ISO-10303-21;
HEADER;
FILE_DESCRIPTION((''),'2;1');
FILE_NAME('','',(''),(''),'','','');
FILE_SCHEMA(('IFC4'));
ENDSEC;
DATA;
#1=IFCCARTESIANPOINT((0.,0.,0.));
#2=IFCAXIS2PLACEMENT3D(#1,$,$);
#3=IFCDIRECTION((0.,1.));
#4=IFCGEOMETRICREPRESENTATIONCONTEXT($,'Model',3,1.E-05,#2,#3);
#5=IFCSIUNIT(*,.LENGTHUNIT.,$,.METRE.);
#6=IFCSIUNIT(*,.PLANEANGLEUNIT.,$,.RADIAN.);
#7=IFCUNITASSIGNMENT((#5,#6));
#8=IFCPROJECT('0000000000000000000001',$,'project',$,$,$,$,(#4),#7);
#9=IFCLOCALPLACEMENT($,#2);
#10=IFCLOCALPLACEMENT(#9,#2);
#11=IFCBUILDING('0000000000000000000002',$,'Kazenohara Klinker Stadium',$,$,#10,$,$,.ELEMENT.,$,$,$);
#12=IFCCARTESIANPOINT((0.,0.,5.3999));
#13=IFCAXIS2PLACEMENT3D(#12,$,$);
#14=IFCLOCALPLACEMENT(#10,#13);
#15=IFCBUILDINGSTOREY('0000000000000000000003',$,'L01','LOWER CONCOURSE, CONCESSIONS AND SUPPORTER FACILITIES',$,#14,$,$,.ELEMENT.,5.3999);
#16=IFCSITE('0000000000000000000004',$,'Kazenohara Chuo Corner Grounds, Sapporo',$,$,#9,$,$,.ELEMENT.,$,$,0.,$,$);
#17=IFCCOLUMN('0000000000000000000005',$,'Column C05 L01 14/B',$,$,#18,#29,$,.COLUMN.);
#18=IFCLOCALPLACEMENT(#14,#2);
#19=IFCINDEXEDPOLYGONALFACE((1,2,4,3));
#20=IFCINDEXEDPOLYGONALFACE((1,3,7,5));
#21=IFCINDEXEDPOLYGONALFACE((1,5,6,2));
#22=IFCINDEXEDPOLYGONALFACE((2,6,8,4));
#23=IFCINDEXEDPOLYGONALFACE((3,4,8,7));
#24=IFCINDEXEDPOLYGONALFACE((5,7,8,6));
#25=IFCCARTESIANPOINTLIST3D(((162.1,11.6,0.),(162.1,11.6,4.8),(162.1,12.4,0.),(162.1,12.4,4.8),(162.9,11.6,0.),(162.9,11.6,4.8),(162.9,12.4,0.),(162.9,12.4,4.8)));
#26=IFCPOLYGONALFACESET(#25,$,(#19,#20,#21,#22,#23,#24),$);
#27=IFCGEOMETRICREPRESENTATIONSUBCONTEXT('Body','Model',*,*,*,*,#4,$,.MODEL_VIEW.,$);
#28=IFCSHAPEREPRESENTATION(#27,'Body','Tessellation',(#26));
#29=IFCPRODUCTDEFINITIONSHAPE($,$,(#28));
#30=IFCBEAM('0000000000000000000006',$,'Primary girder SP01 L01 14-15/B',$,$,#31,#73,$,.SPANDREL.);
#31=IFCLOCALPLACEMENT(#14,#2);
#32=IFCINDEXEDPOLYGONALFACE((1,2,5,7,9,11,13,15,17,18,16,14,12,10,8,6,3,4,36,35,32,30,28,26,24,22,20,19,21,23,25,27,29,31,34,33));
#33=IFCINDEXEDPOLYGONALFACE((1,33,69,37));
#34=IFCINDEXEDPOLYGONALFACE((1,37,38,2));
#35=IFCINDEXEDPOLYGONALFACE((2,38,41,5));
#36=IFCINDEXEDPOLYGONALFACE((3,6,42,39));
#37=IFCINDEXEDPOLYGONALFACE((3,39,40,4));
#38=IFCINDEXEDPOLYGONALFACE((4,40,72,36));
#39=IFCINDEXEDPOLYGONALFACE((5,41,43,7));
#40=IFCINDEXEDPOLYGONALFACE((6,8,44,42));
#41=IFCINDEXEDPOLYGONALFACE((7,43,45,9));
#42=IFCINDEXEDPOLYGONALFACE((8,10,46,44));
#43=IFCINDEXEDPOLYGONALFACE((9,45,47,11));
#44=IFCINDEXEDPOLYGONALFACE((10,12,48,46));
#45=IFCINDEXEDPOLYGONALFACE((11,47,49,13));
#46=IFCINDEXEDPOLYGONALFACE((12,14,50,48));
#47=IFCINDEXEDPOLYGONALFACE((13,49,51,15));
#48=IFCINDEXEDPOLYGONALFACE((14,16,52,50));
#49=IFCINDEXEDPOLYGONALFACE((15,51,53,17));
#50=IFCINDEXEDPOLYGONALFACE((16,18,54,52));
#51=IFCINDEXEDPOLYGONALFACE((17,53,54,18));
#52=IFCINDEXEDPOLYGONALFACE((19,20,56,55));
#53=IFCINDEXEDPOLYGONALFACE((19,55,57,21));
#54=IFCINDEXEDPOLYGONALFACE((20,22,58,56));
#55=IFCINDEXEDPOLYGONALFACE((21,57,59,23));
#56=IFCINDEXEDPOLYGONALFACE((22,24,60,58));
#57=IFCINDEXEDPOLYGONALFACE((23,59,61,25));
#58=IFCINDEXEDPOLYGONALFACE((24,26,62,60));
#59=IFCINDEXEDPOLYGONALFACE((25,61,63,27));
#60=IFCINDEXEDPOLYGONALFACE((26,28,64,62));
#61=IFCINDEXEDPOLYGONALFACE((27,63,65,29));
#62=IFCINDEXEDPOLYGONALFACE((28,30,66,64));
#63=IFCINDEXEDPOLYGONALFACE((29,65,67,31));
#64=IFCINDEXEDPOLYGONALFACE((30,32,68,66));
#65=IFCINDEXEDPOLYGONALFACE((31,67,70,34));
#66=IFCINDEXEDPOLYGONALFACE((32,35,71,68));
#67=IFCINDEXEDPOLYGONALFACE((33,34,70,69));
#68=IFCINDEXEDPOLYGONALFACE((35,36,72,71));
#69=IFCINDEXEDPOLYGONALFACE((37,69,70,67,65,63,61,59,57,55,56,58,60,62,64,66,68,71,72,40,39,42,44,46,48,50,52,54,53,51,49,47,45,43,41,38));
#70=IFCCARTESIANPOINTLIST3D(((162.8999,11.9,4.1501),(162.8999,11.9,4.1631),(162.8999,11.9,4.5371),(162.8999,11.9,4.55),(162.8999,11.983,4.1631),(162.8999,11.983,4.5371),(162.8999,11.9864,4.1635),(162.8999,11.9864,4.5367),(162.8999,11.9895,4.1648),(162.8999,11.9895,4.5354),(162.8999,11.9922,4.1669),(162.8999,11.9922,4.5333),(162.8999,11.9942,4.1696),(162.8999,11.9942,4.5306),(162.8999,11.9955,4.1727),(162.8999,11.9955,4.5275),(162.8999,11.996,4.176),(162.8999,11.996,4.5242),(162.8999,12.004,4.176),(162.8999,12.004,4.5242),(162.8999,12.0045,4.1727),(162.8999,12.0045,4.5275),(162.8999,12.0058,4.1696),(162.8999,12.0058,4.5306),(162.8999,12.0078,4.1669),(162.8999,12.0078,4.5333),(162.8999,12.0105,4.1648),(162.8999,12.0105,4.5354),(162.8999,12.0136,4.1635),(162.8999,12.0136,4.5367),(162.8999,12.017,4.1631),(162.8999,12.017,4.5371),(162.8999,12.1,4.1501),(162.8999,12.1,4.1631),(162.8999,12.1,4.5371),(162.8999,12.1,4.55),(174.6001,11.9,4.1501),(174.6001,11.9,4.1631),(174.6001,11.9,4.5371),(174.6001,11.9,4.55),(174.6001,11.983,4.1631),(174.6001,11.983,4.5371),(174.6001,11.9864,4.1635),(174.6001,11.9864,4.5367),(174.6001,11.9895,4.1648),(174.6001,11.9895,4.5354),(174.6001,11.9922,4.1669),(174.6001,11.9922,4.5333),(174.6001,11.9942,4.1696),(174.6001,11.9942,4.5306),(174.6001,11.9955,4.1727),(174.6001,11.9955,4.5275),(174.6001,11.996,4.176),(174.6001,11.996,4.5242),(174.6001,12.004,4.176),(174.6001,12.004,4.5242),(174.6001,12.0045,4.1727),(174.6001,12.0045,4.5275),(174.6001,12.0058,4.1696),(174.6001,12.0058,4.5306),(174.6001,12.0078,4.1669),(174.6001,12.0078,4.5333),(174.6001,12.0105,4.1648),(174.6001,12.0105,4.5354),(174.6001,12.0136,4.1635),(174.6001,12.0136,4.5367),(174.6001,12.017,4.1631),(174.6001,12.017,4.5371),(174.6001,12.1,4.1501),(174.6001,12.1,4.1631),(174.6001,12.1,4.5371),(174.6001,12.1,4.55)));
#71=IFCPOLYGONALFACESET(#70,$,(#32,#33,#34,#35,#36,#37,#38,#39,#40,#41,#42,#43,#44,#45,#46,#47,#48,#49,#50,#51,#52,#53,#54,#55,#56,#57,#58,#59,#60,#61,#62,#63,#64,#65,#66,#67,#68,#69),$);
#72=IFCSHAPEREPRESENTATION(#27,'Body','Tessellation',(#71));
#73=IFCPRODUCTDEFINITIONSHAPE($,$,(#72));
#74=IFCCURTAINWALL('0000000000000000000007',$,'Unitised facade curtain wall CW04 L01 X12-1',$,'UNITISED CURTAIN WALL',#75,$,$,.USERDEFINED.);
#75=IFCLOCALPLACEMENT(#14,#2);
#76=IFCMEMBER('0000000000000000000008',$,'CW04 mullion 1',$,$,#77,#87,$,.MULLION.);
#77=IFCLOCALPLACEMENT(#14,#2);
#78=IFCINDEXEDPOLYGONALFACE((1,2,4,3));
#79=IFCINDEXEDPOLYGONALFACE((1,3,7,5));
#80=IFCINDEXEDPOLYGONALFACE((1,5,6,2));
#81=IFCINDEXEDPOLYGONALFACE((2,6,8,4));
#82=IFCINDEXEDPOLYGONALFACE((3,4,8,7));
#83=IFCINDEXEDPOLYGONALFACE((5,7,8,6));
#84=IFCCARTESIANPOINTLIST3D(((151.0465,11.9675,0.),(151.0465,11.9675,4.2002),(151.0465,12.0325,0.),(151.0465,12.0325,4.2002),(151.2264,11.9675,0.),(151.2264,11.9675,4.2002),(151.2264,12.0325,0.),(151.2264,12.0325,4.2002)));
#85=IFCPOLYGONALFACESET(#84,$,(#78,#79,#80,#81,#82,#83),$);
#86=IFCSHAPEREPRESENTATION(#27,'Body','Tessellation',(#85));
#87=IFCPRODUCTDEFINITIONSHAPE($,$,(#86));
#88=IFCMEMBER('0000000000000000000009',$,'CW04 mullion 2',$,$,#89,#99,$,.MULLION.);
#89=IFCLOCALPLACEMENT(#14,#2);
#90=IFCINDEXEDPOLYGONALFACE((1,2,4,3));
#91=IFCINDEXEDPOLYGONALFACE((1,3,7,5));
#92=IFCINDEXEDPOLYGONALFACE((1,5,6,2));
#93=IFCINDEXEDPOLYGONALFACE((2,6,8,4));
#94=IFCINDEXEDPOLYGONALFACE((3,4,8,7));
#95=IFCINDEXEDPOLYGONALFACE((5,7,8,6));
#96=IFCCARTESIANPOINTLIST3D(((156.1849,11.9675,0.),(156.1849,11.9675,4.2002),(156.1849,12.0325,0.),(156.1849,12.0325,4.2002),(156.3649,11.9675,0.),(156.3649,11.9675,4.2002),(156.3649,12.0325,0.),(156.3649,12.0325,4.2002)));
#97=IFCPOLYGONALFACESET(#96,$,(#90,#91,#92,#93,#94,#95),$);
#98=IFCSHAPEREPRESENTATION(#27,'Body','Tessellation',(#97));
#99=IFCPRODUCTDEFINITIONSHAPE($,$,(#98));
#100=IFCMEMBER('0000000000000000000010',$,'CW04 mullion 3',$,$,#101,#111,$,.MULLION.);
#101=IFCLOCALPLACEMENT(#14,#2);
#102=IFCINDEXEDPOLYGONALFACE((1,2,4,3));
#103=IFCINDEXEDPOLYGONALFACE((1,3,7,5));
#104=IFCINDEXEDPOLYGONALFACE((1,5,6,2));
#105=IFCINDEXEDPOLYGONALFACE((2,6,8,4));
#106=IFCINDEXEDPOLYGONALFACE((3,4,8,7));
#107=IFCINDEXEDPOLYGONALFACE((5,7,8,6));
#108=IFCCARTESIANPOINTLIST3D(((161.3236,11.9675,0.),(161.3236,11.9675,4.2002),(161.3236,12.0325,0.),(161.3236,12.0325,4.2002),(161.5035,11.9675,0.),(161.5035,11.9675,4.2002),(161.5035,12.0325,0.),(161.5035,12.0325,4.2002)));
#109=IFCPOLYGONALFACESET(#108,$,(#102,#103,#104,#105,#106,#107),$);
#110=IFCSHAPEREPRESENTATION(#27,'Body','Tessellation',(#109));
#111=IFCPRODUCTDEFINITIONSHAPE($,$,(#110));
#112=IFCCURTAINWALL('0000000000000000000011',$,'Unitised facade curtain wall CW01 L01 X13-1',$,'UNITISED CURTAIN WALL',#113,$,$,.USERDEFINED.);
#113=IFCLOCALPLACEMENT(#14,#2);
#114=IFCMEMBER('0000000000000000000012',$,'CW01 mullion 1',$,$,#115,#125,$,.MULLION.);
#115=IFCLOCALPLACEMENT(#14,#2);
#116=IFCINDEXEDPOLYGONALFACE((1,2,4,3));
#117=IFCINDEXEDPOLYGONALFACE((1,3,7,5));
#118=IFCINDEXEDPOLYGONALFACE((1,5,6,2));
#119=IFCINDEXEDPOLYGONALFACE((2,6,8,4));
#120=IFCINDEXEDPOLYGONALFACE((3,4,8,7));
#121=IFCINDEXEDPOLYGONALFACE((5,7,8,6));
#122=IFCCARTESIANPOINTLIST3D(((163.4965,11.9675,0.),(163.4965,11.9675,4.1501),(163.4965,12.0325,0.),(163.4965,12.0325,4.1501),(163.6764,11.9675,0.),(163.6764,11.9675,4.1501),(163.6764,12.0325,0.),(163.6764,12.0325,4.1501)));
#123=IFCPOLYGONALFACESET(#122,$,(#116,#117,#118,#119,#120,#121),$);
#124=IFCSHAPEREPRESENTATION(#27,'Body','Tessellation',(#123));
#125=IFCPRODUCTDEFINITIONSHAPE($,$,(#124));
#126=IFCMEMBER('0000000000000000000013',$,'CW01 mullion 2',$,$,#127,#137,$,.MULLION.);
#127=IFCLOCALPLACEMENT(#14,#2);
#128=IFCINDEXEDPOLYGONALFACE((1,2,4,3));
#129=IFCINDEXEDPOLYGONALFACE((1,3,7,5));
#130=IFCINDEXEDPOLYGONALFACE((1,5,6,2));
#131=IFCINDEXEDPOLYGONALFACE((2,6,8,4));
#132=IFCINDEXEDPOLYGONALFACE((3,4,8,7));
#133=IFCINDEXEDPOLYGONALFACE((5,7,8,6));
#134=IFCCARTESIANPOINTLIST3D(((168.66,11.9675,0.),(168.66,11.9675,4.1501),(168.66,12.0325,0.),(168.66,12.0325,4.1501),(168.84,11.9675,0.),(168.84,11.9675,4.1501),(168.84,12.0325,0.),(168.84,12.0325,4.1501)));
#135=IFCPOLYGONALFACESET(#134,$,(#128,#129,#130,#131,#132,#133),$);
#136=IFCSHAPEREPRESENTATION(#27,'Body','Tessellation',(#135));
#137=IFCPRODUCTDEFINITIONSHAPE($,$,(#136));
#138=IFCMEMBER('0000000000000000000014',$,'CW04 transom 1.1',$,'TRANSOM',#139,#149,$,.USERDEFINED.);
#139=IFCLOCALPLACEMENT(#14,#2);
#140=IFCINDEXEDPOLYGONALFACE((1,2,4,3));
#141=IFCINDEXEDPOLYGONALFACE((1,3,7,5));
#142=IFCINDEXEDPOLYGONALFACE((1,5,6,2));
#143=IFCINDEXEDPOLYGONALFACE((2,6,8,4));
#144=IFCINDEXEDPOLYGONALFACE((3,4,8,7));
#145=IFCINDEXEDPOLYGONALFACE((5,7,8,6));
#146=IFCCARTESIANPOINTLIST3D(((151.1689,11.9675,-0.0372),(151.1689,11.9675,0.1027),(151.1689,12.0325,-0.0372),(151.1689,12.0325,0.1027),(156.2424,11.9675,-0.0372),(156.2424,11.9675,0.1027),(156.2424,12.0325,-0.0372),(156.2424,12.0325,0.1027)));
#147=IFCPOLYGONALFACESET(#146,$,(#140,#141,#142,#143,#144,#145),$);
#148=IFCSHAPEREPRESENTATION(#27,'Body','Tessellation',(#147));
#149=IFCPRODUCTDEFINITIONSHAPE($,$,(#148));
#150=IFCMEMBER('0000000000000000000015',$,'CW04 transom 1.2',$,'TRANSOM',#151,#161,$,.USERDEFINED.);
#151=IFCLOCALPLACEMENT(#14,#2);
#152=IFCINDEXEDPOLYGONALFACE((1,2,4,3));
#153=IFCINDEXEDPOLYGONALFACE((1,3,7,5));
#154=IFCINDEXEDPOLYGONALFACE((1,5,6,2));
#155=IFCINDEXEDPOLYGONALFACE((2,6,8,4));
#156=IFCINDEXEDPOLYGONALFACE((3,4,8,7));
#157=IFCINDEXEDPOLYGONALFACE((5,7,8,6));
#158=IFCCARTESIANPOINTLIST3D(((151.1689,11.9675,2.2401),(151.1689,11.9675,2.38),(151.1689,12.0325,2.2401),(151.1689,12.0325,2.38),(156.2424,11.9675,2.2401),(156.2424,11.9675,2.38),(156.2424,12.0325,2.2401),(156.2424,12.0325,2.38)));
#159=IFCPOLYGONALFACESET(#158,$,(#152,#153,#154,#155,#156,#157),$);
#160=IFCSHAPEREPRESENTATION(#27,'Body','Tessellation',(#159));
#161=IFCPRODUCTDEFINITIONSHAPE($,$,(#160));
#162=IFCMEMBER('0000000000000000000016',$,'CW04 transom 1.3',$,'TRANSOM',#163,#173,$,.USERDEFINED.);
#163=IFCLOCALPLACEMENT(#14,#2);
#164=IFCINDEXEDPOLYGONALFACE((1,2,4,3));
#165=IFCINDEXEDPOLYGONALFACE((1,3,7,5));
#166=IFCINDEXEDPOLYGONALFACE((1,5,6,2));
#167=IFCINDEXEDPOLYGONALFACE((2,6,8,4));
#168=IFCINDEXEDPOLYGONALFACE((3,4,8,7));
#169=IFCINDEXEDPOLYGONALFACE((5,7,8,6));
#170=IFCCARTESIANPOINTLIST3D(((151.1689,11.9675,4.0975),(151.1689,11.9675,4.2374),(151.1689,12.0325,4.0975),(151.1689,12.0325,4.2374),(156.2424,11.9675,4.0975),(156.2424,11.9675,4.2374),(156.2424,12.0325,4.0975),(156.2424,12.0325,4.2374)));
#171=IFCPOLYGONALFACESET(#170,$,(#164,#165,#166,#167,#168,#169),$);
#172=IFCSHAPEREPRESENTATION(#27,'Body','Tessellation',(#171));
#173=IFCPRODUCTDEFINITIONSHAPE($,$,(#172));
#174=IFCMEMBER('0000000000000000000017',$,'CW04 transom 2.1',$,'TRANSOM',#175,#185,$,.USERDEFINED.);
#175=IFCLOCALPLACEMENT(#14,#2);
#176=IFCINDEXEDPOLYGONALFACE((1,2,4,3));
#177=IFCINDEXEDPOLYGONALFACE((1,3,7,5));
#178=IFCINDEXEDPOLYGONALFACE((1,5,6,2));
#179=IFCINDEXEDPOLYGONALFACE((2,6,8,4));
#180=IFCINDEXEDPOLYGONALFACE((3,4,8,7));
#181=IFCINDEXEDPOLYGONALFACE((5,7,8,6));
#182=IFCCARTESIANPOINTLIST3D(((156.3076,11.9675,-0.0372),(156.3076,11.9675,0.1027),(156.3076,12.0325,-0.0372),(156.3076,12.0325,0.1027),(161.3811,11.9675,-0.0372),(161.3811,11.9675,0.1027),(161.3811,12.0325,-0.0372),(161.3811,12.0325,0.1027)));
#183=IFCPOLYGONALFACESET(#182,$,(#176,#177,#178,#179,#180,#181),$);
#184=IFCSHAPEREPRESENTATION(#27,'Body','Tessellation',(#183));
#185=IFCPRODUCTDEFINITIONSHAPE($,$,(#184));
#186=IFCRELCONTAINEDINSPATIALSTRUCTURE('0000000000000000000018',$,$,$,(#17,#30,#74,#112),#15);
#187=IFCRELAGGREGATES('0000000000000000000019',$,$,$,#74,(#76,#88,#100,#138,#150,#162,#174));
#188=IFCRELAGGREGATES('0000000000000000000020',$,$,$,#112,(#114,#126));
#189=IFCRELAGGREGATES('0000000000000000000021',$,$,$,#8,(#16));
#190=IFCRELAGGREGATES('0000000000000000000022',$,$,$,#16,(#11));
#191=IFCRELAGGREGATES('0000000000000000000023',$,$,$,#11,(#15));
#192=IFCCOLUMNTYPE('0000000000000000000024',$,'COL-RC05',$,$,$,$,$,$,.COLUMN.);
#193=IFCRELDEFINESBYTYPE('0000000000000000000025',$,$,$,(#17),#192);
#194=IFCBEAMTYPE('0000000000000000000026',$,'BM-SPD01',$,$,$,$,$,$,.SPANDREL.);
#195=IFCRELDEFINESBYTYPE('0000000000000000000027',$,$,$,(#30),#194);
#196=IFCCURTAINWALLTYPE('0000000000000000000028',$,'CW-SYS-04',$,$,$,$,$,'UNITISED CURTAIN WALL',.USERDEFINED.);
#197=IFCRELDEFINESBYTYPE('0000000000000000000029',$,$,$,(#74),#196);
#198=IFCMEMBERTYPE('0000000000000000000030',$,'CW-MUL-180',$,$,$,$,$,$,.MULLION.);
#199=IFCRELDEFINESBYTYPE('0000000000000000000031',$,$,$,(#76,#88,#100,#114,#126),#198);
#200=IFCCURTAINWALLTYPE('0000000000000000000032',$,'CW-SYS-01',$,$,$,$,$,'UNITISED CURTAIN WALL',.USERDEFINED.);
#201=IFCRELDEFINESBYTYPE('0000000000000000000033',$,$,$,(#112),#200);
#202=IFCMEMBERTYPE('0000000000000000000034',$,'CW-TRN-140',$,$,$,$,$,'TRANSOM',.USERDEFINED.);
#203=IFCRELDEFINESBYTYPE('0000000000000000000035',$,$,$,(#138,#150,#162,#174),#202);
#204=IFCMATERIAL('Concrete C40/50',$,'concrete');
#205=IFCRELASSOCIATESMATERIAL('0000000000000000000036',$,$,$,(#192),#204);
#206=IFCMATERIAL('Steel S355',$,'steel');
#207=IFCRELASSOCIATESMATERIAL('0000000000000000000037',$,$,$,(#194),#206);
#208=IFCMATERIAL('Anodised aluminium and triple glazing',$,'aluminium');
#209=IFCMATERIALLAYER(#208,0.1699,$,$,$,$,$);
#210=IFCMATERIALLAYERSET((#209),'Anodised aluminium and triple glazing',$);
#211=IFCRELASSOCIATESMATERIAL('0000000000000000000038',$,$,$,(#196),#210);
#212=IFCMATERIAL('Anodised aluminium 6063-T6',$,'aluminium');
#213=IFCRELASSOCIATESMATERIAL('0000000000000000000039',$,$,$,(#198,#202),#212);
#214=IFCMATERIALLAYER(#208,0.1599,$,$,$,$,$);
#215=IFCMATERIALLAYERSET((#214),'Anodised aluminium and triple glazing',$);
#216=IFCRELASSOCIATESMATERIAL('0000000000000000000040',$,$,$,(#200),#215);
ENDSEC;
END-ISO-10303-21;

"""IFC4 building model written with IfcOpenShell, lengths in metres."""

from ifc_helpers import new_model, si_unit, direction, frame, origin, origin_2d, place, context, subcontext, project, spatial, rectangle, i_section, extrude, material, layer, layer_set, material_profile, profile_set, type_object, element, aggregate, save


model = new_model("IFC4")

# Units and contexts
model_context = context("Model", 3, precision=1e-05, world=origin(), true_north=direction((0.0, 1.0)))
body_context = subcontext(model_context, "Body", "Model", "MODEL_VIEW")
ifc_project = project(units=[si_unit("LENGTHUNIT", "METRE"), si_unit("PLANEANGLEUNIT", "RADIAN")], contexts=[model_context])

# Site, building, storey
site_placement = place(None, origin())
site = spatial("IfcSite", under=ifc_project, at=site_placement, Name="Kazenohara Chuo Corner Grounds, Sapporo", CompositionType="ELEMENT", RefElevation=0.0)
building_placement = place(site_placement, origin())
building = spatial("IfcBuilding", under=site, at=building_placement, Name="Kazenohara Klinker Stadium", CompositionType="ELEMENT")
storey_placement = place(building_placement, frame((0.0, 0.0, 5.3999)))
storey = spatial("IfcBuildingStorey", under=building, at=storey_placement, Name="L01", Description="LOWER CONCOURSE, CONCESSIONS AND SUPPORTER FACILITIES", CompositionType="ELEMENT", Elevation=5.3999)

# Column
ifc_material_1 = material(Name="Concrete C40/50", Category="concrete")
ifc_material_profile_1 = material_profile(ifc_material_1, rectangle(XDim=0.8, YDim=0.8, at=origin_2d()), Name="RC-COL-800x800")
ifc_profile_set_1 = profile_set([ifc_material_profile_1], Name="Concrete C40/50")
column_type = type_object("IfcColumnType", Name="COL-RC05", PredefinedType="COLUMN", material=ifc_profile_set_1)
column_placement = place(storey_placement, frame((162.5, 12.0, 0.0), z_axis=(0.0, 0.0, 1.0), x_axis=(1.0, 0.0, 0.0)))
element("IfcColumn", 1, at=column_placement, inside=storey, type_object=column_type, Name="Column C05 L01 14/B", PredefinedType="COLUMN", context=body_context, shape_type="SweptSolid", body=[
    extrude(rectangle(XDim=0.8, YDim=0.8, at=origin_2d()), origin(), (0.0, 0.0, 1.0), 4.8),
])

# Beam
ifc_material_2 = material(Name="Steel S355", Category="steel")
ifc_material_profile_2 = material_profile(ifc_material_2, i_section(OverallWidth=0.2, OverallDepth=0.3999, WebThickness=0.0081, FlangeThickness=0.0129, FilletRadius=0.0129, at=origin_2d()), Name="H-400x200x8x13")
ifc_profile_set_2 = profile_set([ifc_material_profile_2], Name="Steel S355")
beam_type = type_object("IfcBeamType", Name="BM-SPD01", PredefinedType="SPANDREL", material=ifc_profile_set_2)
beam_placement = place(storey_placement, frame((162.8999, 12.0, 4.3501), z_axis=(1.0, 0.0, 0.0), x_axis=(0.0, 1.0, 0.0)))
element("IfcBeam", 2, at=beam_placement, inside=storey, type_object=beam_type, Name="Primary girder SP01 L01 14-15/B", PredefinedType="SPANDREL", context=body_context, shape_type="SweptSolid", body=[
    extrude(i_section(OverallWidth=0.2, OverallDepth=0.3999, WebThickness=0.0081, FlangeThickness=0.0129, FilletRadius=0.0129, at=origin_2d()), origin(), (0.0, 0.0, 1.0), 11.7002),
])

# Curtain walls, members
ifc_material_3 = material(Name="Anodised aluminium and triple glazing", Category="aluminium")
ifc_layer_1 = layer(ifc_material_3, 0.1699)
ifc_layer_set_1 = layer_set([ifc_layer_1], Name="Anodised aluminium and triple glazing")
curtain_wall_type_1 = type_object("IfcCurtainWallType", Name="CW-SYS-04", ElementType="UNITISED CURTAIN WALL", PredefinedType="USERDEFINED", material=ifc_layer_set_1)
curtain_wall_1_placement = place(storey_placement, origin())
curtain_wall_1 = element("IfcCurtainWall", 3, at=curtain_wall_1_placement, inside=storey, type_object=curtain_wall_type_1, Name="Unitised facade curtain wall CW04 L01 X12-1", ObjectType="UNITISED CURTAIN WALL", PredefinedType="USERDEFINED")
ifc_material_4 = material(Name="Anodised aluminium 6063-T6", Category="aluminium")
ifc_material_profile_3 = material_profile(ifc_material_4, rectangle(XDim=0.0649, YDim=0.1799, at=origin_2d()), Name="ALU-MUL-65x180")
ifc_profile_set_3 = profile_set([ifc_material_profile_3], Name="Anodised aluminium 6063-T6")
member_type_1 = type_object("IfcMemberType", Name="CW-MUL-180", PredefinedType="MULLION", material=ifc_profile_set_3)
member_1_placement = place(storey_placement, frame((151.1365, 12.0, 0.0), z_axis=(0.0, 0.0, 1.0), x_axis=(0.0, 1.0, 0.0)))
member_1 = element("IfcMember", 4, at=member_1_placement, type_object=member_type_1, Name="CW04 mullion 1", PredefinedType="MULLION", context=body_context, shape_type="SweptSolid", body=[
    extrude(rectangle(XDim=0.0649, YDim=0.1799, at=origin_2d()), origin(), (0.0, 0.0, 1.0), 4.2002),
])
member_2_placement = place(storey_placement, frame((156.2749, 12.0, 0.0), z_axis=(0.0, 0.0, 1.0), x_axis=(0.0, 1.0, 0.0)))
member_2 = element("IfcMember", 5, at=member_2_placement, type_object=member_type_1, Name="CW04 mullion 2", PredefinedType="MULLION", context=body_context, shape_type="SweptSolid", body=[
    extrude(rectangle(XDim=0.0649, YDim=0.1799, at=origin_2d()), origin(), (0.0, 0.0, 1.0), 4.2002),
])
member_3_placement = place(storey_placement, frame((161.4136, 12.0, 0.0), z_axis=(0.0, 0.0, 1.0), x_axis=(0.0, 1.0, 0.0)))
member_3 = element("IfcMember", 6, at=member_3_placement, type_object=member_type_1, Name="CW04 mullion 3", PredefinedType="MULLION", context=body_context, shape_type="SweptSolid", body=[
    extrude(rectangle(XDim=0.0649, YDim=0.1799, at=origin_2d()), origin(), (0.0, 0.0, 1.0), 4.2002),
])
ifc_layer_2 = layer(ifc_material_3, 0.1599)
ifc_layer_set_2 = layer_set([ifc_layer_2], Name="Anodised aluminium and triple glazing")
curtain_wall_type_2 = type_object("IfcCurtainWallType", Name="CW-SYS-01", ElementType="UNITISED CURTAIN WALL", PredefinedType="USERDEFINED", material=ifc_layer_set_2)
curtain_wall_2_placement = place(storey_placement, origin())
curtain_wall_2 = element("IfcCurtainWall", 7, at=curtain_wall_2_placement, inside=storey, type_object=curtain_wall_type_2, Name="Unitised facade curtain wall CW01 L01 X13-1", ObjectType="UNITISED CURTAIN WALL", PredefinedType="USERDEFINED")
member_4_placement = place(storey_placement, frame((163.5864, 12.0, 0.0), z_axis=(0.0, 0.0, 1.0), x_axis=(0.0, 1.0, 0.0)))
member_4 = element("IfcMember", 8, at=member_4_placement, type_object=member_type_1, Name="CW01 mullion 1", PredefinedType="MULLION", context=body_context, shape_type="SweptSolid", body=[
    extrude(rectangle(XDim=0.0649, YDim=0.1799, at=origin_2d()), origin(), (0.0, 0.0, 1.0), 4.1501),
])
member_5_placement = place(storey_placement, frame((168.75, 12.0, 0.0), z_axis=(0.0, 0.0, 1.0), x_axis=(0.0, 1.0, 0.0)))
member_5 = element("IfcMember", 9, at=member_5_placement, type_object=member_type_1, Name="CW01 mullion 2", PredefinedType="MULLION", context=body_context, shape_type="SweptSolid", body=[
    extrude(rectangle(XDim=0.0649, YDim=0.1799, at=origin_2d()), origin(), (0.0, 0.0, 1.0), 4.1501),
])

# Members
ifc_material_profile_4 = material_profile(ifc_material_4, rectangle(XDim=0.0649, YDim=0.1399, at=origin_2d()), Name="ALU-TRN-65x140")
ifc_profile_set_4 = profile_set([ifc_material_profile_4], Name="Anodised aluminium 6063-T6")
member_type_2 = type_object("IfcMemberType", Name="CW-TRN-140", ElementType="TRANSOM", PredefinedType="USERDEFINED", material=ifc_profile_set_4)
member_6_placement = place(storey_placement, frame((151.1689, 12.0, 0.0327), z_axis=(1.0, 0.0, 0.0), x_axis=(0.0, 1.0, 0.0)))
member_6 = element("IfcMember", 10, at=member_6_placement, type_object=member_type_2, Name="CW04 transom 1.1", ObjectType="TRANSOM", PredefinedType="USERDEFINED", context=body_context, shape_type="SweptSolid", body=[
    extrude(rectangle(XDim=0.0649, YDim=0.1399, at=origin_2d()), origin(), (0.0, 0.0, 1.0), 5.0735),
])
member_7_placement = place(storey_placement, frame((151.1689, 12.0, 2.3101), z_axis=(1.0, 0.0, 0.0), x_axis=(0.0, 1.0, 0.0)))
member_7 = element("IfcMember", 11, at=member_7_placement, type_object=member_type_2, Name="CW04 transom 1.2", ObjectType="TRANSOM", PredefinedType="USERDEFINED", context=body_context, shape_type="SweptSolid", body=[
    extrude(rectangle(XDim=0.0649, YDim=0.1399, at=origin_2d()), origin(), (0.0, 0.0, 1.0), 5.0735),
])
member_8_placement = place(storey_placement, frame((151.1689, 12.0, 4.1675), z_axis=(1.0, 0.0, 0.0), x_axis=(0.0, 1.0, 0.0)))
member_8 = element("IfcMember", 12, at=member_8_placement, type_object=member_type_2, Name="CW04 transom 1.3", ObjectType="TRANSOM", PredefinedType="USERDEFINED", context=body_context, shape_type="SweptSolid", body=[
    extrude(rectangle(XDim=0.0649, YDim=0.1399, at=origin_2d()), origin(), (0.0, 0.0, 1.0), 5.0735),
])
member_9_placement = place(storey_placement, frame((156.3076, 12.0, 0.0327), z_axis=(1.0, 0.0, 0.0), x_axis=(0.0, 1.0, 0.0)))
member_9 = element("IfcMember", 13, at=member_9_placement, type_object=member_type_2, Name="CW04 transom 2.1", ObjectType="TRANSOM", PredefinedType="USERDEFINED", context=body_context, shape_type="SweptSolid", body=[
    extrude(rectangle(XDim=0.0649, YDim=0.1399, at=origin_2d()), origin(), (0.0, 0.0, 1.0), 5.0735),
])

aggregate(curtain_wall_1, [member_1, member_2, member_3, member_6, member_7, member_8, member_9])
aggregate(curtain_wall_2, [member_4, member_5])

save(model, "model.ifc")
